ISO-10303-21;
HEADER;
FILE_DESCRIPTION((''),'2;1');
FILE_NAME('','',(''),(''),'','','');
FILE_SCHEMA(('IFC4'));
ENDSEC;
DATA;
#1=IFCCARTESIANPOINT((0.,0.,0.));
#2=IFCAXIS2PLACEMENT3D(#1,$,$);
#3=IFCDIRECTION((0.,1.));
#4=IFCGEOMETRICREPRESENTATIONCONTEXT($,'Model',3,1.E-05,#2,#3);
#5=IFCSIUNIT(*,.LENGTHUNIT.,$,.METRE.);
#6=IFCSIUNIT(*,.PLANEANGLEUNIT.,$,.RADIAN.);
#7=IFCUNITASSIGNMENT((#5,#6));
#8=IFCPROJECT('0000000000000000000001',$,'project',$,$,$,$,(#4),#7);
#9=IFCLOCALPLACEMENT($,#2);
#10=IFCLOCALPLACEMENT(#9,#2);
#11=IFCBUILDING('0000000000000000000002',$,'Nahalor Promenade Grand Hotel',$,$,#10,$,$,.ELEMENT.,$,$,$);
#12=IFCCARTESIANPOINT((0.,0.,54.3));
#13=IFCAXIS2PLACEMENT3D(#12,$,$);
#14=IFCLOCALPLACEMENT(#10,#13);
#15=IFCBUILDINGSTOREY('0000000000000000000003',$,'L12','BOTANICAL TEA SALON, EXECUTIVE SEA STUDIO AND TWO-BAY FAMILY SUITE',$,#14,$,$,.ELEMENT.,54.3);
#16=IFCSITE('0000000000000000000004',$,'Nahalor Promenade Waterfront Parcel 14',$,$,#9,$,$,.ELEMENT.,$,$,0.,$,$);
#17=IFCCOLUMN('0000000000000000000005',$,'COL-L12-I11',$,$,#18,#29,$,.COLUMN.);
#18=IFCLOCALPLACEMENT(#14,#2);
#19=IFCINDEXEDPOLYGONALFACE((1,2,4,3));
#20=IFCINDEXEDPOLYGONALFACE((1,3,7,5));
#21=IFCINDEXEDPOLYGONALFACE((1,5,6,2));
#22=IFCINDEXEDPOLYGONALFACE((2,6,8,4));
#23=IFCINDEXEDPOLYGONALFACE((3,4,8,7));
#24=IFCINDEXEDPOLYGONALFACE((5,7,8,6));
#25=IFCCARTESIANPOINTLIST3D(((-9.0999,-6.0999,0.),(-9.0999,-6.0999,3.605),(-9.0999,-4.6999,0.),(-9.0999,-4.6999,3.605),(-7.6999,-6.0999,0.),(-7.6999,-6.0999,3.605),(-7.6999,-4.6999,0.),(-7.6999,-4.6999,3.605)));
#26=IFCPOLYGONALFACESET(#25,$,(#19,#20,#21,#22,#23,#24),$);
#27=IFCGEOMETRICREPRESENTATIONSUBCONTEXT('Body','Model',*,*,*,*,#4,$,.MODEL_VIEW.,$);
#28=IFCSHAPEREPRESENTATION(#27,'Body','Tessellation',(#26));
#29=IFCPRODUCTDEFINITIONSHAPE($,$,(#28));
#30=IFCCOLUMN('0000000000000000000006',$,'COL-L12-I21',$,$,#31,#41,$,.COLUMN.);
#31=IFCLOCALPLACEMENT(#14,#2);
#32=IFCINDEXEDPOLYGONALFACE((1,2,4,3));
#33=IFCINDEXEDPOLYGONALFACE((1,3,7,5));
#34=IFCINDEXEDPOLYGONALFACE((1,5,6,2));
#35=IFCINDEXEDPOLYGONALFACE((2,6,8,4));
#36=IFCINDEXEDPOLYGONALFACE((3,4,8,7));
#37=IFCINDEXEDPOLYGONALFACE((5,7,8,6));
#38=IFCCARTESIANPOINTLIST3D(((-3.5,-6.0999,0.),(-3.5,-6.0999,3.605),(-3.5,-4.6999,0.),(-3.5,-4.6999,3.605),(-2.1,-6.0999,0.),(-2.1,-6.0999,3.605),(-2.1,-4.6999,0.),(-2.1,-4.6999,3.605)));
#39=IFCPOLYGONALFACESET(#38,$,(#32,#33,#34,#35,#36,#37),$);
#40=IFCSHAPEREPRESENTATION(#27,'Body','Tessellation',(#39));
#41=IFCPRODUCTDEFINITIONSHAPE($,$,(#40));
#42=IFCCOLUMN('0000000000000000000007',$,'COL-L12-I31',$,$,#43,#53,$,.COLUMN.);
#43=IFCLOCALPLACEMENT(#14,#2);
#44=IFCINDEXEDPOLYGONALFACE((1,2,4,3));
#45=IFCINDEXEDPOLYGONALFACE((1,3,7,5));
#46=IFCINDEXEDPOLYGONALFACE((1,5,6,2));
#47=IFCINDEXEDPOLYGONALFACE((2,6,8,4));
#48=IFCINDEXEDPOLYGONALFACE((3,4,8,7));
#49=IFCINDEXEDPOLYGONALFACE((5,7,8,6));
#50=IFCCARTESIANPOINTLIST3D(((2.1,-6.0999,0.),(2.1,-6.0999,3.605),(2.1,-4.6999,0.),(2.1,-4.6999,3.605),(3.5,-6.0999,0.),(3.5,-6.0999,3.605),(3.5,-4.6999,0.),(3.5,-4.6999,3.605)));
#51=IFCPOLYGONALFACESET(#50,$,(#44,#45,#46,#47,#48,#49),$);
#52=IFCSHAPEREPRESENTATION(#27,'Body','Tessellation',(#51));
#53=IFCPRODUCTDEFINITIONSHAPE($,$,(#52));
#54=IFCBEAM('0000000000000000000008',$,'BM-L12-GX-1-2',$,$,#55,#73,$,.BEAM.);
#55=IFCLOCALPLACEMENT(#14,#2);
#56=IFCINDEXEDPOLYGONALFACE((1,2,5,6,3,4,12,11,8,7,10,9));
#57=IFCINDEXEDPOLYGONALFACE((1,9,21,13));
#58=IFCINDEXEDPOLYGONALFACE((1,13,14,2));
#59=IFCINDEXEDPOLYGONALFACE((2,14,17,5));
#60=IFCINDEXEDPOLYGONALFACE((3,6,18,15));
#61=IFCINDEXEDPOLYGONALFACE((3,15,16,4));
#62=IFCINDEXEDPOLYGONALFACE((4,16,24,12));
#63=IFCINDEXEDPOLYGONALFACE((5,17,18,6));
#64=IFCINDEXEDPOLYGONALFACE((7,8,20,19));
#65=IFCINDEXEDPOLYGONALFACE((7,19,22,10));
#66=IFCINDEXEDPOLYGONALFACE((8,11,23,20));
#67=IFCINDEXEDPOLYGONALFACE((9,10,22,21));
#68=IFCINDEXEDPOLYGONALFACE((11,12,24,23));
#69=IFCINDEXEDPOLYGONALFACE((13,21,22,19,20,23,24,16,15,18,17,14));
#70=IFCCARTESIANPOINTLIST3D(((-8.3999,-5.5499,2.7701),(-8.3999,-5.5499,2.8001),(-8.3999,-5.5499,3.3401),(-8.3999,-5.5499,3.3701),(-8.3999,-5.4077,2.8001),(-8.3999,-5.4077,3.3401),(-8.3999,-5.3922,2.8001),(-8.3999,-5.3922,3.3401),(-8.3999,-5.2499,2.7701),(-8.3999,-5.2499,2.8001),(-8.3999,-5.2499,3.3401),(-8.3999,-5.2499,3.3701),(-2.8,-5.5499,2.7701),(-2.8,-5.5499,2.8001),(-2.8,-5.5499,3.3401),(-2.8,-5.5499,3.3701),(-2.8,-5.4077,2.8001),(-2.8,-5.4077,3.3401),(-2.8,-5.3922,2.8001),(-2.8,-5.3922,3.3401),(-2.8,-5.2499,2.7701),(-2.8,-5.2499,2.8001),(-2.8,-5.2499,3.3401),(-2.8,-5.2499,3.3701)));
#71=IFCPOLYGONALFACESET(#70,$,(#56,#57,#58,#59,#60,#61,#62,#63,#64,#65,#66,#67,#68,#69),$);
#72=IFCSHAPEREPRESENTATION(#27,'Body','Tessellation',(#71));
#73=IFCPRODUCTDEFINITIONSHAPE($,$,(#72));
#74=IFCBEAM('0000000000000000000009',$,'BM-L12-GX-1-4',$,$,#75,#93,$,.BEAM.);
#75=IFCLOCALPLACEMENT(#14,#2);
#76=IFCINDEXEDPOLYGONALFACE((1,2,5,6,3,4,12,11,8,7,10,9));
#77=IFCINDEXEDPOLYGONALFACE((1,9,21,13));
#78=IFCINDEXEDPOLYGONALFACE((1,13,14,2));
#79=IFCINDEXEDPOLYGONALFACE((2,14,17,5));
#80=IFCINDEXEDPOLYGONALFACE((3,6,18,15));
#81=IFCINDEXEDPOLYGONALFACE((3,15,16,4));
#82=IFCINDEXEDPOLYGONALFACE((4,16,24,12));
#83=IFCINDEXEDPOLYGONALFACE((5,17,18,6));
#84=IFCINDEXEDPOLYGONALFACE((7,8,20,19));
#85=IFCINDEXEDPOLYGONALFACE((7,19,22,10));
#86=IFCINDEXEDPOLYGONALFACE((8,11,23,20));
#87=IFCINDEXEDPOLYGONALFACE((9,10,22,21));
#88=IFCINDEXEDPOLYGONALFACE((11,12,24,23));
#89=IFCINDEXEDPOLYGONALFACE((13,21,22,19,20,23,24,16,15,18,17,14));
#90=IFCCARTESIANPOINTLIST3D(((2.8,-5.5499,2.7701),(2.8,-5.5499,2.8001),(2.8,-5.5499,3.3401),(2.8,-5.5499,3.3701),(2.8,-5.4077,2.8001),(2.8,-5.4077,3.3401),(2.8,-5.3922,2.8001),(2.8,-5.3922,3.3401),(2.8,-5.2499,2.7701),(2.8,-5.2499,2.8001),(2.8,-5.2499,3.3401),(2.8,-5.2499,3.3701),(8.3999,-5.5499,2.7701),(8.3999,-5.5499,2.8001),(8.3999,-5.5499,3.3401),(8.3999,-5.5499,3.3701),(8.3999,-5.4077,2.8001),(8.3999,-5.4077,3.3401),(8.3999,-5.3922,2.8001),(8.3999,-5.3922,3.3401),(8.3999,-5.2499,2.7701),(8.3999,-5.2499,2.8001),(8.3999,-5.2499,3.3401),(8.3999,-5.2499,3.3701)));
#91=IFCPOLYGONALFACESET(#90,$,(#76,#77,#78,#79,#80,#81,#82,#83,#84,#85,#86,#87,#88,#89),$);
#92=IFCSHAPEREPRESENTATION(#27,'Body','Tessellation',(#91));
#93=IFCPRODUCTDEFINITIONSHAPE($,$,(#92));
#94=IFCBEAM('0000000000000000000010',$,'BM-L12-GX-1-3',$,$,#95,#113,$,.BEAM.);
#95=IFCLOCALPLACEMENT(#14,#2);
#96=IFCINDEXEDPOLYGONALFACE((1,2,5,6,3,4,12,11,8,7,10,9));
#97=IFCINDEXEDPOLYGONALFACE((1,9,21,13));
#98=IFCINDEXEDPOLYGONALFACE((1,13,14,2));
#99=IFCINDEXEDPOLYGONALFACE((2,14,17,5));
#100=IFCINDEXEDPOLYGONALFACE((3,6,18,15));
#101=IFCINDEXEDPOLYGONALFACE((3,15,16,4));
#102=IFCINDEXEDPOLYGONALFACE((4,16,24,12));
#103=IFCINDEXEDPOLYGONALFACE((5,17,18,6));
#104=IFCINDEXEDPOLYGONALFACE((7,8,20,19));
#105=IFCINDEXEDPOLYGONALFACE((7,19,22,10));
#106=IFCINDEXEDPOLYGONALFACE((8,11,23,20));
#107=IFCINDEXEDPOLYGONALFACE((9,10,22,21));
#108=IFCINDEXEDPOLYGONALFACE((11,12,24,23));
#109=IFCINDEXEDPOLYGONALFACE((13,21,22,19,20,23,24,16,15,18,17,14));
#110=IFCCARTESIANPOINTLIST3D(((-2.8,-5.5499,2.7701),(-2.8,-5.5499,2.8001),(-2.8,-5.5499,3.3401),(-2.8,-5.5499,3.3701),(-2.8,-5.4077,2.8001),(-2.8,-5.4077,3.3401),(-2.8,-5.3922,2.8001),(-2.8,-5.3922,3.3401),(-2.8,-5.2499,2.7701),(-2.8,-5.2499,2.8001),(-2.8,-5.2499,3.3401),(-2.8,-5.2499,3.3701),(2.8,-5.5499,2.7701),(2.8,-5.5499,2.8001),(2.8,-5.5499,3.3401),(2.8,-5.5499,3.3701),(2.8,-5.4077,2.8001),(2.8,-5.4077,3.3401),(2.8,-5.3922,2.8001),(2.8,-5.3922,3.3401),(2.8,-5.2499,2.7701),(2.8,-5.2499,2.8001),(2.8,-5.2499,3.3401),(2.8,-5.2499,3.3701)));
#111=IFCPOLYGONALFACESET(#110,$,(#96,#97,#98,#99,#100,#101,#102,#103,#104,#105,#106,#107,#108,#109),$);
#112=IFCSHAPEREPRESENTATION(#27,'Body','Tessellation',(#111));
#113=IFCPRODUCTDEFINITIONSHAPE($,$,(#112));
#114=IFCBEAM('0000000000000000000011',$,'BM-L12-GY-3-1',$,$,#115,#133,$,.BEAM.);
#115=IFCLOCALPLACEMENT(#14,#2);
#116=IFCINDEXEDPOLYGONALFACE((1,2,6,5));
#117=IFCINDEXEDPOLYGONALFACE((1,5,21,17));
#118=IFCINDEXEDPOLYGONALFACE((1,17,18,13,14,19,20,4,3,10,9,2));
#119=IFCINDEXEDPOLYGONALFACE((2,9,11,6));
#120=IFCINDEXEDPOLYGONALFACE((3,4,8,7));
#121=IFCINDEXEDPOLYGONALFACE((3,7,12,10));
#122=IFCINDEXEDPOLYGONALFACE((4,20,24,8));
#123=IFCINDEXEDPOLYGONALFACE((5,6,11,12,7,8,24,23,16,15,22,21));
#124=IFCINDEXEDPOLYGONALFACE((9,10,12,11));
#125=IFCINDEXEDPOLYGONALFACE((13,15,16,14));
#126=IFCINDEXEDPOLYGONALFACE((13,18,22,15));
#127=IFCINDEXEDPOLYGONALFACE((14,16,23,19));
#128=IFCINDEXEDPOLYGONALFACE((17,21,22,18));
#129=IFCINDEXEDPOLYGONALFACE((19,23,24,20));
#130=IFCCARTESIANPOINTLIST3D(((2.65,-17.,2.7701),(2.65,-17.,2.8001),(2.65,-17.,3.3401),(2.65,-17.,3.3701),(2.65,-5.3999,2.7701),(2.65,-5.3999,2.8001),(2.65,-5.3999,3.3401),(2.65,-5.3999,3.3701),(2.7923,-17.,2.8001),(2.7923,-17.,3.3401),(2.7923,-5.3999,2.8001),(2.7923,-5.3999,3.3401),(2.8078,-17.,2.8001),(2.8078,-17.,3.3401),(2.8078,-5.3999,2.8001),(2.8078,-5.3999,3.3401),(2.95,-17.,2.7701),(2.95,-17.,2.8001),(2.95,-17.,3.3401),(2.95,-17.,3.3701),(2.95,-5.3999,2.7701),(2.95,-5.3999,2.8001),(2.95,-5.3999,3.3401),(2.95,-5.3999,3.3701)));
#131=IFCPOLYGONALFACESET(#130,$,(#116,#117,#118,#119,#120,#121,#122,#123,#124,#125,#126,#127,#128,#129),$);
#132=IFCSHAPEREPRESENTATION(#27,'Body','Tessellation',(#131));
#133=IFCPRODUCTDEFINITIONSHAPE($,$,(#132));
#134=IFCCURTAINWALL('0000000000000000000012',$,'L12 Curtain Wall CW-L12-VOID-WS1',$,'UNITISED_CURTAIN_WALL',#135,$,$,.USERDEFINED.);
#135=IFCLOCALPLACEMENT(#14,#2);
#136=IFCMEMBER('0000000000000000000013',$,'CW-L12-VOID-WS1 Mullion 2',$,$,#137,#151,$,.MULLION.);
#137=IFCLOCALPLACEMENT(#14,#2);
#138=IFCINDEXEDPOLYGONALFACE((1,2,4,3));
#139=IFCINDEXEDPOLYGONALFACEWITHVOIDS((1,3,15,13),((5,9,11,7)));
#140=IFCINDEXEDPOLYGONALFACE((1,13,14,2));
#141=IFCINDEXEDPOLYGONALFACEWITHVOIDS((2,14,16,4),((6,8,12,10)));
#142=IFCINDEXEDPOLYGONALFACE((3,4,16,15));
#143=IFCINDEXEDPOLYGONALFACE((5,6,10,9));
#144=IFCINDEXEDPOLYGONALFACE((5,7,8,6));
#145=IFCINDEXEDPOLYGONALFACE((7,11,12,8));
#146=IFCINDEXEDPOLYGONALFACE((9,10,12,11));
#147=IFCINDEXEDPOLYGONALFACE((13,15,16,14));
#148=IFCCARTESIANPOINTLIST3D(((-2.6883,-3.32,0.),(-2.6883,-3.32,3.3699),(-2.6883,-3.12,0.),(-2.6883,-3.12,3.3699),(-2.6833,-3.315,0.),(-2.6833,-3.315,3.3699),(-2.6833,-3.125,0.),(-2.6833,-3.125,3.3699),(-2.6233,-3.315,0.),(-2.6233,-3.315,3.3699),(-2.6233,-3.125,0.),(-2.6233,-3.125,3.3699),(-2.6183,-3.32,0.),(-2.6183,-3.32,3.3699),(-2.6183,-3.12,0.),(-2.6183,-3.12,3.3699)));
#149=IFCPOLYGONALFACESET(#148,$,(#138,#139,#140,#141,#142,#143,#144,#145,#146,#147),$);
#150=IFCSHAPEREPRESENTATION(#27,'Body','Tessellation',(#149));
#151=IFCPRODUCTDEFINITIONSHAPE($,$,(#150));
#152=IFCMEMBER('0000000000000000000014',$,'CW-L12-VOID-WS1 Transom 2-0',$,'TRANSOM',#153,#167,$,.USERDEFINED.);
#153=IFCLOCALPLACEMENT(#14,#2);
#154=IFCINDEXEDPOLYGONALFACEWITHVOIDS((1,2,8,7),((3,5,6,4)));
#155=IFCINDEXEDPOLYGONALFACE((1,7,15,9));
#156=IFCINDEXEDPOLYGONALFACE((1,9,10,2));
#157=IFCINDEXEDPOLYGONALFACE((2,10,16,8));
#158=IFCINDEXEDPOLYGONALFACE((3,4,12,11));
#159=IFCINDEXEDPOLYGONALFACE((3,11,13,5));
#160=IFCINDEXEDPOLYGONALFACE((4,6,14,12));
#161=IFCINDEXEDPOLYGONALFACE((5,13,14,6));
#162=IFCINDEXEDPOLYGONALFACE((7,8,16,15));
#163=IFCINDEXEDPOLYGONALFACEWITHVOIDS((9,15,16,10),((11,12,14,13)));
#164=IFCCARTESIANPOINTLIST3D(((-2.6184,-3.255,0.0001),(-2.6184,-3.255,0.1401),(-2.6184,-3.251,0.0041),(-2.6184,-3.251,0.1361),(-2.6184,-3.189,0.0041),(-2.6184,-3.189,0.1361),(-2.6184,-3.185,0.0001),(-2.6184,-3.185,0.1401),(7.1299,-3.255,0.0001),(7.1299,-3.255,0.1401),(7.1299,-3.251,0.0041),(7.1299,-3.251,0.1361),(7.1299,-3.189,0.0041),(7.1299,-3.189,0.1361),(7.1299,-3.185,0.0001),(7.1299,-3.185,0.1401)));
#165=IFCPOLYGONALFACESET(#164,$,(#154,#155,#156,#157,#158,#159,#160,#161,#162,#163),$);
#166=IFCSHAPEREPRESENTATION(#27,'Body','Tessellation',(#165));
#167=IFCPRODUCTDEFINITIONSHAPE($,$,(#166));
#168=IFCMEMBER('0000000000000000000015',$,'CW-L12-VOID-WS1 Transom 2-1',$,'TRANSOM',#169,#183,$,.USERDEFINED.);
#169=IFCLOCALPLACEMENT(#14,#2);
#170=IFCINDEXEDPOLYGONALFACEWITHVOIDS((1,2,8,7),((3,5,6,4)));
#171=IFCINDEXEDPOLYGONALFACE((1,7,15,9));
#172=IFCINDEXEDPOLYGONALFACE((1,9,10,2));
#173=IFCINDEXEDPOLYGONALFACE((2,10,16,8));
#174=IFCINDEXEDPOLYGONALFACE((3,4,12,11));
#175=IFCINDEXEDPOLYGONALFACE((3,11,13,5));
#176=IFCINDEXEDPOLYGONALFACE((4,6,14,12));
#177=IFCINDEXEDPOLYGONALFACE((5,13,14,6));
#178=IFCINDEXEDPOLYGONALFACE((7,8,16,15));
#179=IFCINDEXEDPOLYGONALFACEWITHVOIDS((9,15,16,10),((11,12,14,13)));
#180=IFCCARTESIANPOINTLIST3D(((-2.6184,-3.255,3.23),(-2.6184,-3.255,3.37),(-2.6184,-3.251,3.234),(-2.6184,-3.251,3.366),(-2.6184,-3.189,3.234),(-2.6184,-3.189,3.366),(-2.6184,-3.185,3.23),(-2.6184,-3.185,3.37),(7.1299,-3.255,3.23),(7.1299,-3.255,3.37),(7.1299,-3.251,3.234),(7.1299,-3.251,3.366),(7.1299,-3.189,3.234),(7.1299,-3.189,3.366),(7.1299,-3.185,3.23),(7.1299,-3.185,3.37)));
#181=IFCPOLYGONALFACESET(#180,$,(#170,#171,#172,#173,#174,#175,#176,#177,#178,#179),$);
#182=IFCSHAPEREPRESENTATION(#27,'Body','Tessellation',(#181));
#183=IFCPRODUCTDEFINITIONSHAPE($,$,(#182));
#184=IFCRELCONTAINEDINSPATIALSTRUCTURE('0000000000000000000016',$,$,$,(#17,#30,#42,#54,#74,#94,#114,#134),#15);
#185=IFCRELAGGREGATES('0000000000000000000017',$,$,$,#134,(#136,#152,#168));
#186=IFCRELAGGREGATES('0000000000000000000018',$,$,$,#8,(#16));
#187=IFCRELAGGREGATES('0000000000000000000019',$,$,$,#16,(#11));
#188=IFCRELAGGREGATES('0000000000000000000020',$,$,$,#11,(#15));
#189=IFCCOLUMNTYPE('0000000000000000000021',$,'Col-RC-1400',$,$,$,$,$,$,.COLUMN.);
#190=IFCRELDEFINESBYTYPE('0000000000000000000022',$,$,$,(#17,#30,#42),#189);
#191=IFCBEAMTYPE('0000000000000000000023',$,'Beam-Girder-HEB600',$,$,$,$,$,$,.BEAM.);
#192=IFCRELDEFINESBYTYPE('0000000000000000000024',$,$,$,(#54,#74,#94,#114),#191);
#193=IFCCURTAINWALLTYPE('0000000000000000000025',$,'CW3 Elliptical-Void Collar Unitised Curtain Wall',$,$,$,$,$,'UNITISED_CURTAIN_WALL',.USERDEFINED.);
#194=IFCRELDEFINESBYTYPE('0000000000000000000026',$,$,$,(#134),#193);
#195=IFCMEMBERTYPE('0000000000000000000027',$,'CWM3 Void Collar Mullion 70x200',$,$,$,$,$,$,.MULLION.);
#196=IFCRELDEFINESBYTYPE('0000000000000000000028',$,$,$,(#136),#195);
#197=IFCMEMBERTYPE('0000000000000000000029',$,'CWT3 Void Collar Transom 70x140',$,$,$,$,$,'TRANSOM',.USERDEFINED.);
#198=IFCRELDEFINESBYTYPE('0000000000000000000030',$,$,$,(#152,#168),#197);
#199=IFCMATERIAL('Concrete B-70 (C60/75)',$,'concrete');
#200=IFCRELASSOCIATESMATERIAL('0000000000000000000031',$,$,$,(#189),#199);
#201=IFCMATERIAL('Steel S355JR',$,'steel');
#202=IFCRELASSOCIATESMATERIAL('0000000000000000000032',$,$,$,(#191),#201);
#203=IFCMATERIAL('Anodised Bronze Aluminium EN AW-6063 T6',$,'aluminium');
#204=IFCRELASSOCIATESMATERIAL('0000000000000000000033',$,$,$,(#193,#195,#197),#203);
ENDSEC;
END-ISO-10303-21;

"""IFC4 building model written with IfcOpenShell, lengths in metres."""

from ifc_helpers import new_model, si_unit, direction, frame, origin, origin_2d, place, context, subcontext, project, spatial, rectangle, hollow_rectangle, i_section, extrude, source, transform, mapped, material, material_profile, profile_set, type_object, element, aggregate, save


model = new_model("IFC4")

# Units and contexts
model_context = context("Model", 3, precision=1e-05, world=origin(), true_north=direction((0.0, 1.0)))
body_context = subcontext(model_context, "Body", "Model", "MODEL_VIEW")
ifc_project = project(units=[si_unit("LENGTHUNIT", "METRE"), si_unit("PLANEANGLEUNIT", "RADIAN")], contexts=[model_context])

# Site, building, storey
site_placement = place(None, origin())
site = spatial("IfcSite", under=ifc_project, at=site_placement, Name="Nahalor Promenade Waterfront Parcel 14", CompositionType="ELEMENT", RefElevation=0.0)
building_placement = place(site_placement, origin())
building = spatial("IfcBuilding", under=site, at=building_placement, Name="Nahalor Promenade Grand Hotel", CompositionType="ELEMENT")
storey_placement = place(building_placement, frame((0.0, 0.0, 54.3)))
storey = spatial("IfcBuildingStorey", under=building, at=storey_placement, Name="L12", Description="BOTANICAL TEA SALON, EXECUTIVE SEA STUDIO AND TWO-BAY FAMILY SUITE", CompositionType="ELEMENT", Elevation=54.3)

# Columns
ifc_material_1 = material(Name="Concrete B-70 (C60/75)", Category="concrete")
ifc_material_profile_1 = material_profile(ifc_material_1, rectangle(XDim=1.4, YDim=1.4, at=origin_2d()), Name="RC 1400x1400")
ifc_profile_set_1 = profile_set([ifc_material_profile_1], Name="Concrete B-70 (C60/75)")
column_type = type_object("IfcColumnType", Name="Col-RC-1400", PredefinedType="COLUMN", material=ifc_profile_set_1)
shared_shape_1 = source(origin(), body_context, "Body", "SweptSolid", [
    extrude(rectangle(XDim=1.4, YDim=1.4, at=origin_2d()), origin(), (0.0, 0.0, 1.0), 3.605),
])
for number, where, z_axis, x_axis, name in (
    (1, (-8.3999, -5.3999, 0.0), (0.0, 0.0, 1.0), (1.0, 0.0, 0.0), "COL-L12-I11"),
    (2, (-2.8, -5.3999, 0.0), (0.0, 0.0, 1.0), (1.0, 0.0, 0.0), "COL-L12-I21"),
    (3, (2.8, -5.3999, 0.0), (0.0, 0.0, 1.0), (1.0, 0.0, 0.0), "COL-L12-I31"),
):
    element("IfcColumn", number, at=place(storey_placement, frame(where, z_axis=z_axis, x_axis=x_axis)), inside=storey, type_object=column_type, Name=name, PredefinedType="COLUMN", context=body_context, shape_type="MappedRepresentation", body=[
        mapped(shared_shape_1, transform((0.0, 0.0, 0.0), scale=1.0)),
    ])

# Beams
ifc_material_2 = material(Name="Steel S355JR", Category="steel")
ifc_material_profile_2 = material_profile(ifc_material_2, i_section(OverallWidth=0.3, OverallDepth=0.6, WebThickness=0.0155, FlangeThickness=0.03, at=origin_2d()), Name="HEB 600")
ifc_profile_set_2 = profile_set([ifc_material_profile_2], Name="Steel S355JR")
beam_type = type_object("IfcBeamType", Name="Beam-Girder-HEB600", PredefinedType="BEAM", material=ifc_profile_set_2)
shared_shape_2 = source(origin(), body_context, "Body", "SweptSolid", [
    extrude(i_section(OverallWidth=0.3, OverallDepth=0.6, WebThickness=0.0155, FlangeThickness=0.03, at=origin_2d()), origin(), (0.0, 0.0, 1.0), 5.5999),
])
for number, where, z_axis, x_axis, name in (
    (4, (-8.3999, -5.3999, 3.0701), (1.0, 0.0, 0.0), (0.0, 1.0, 0.0), "BM-L12-GX-1-2"),
    (5, (2.8, -5.3999, 3.0701), (1.0, 0.0, 0.0), (0.0, 1.0, 0.0), "BM-L12-GX-1-4"),
):
    element("IfcBeam", number, at=place(storey_placement, frame(where, z_axis=z_axis, x_axis=x_axis)), inside=storey, type_object=beam_type, Name=name, PredefinedType="BEAM", context=body_context, shape_type="MappedRepresentation", body=[
        mapped(shared_shape_2, transform((0.0, 0.0, 0.0), scale=1.0)),
    ])
shared_shape_3 = source(origin(), body_context, "Body", "SweptSolid", [
    extrude(i_section(OverallWidth=0.3, OverallDepth=0.6, WebThickness=0.0155, FlangeThickness=0.03, at=origin_2d()), origin(), (0.0, 0.0, 1.0), 5.6001),
])
beam_1_placement = place(storey_placement, frame((-2.8, -5.3999, 3.0701), z_axis=(1.0, 0.0, 0.0), x_axis=(0.0, 1.0, 0.0)))
element("IfcBeam", 6, at=beam_1_placement, inside=storey, type_object=beam_type, Name="BM-L12-GX-1-3", PredefinedType="BEAM", context=body_context, shape_type="MappedRepresentation", body=[
    mapped(shared_shape_3, transform((0.0, 0.0, 0.0), scale=1.0)),
])
shared_shape_4 = source(origin(), body_context, "Body", "SweptSolid", [
    extrude(i_section(OverallWidth=0.3, OverallDepth=0.6, WebThickness=0.0155, FlangeThickness=0.03, at=origin_2d()), origin(), (0.0, 0.0, 1.0), 11.6001),
])
beam_2_placement = place(storey_placement, frame((2.8, -17.0, 3.0701), z_axis=(0.0, 1.0, 0.0), x_axis=(-1.0, 0.0, 0.0)))
element("IfcBeam", 7, at=beam_2_placement, inside=storey, type_object=beam_type, Name="BM-L12-GY-3-1", PredefinedType="BEAM", context=body_context, shape_type="MappedRepresentation", body=[
    mapped(shared_shape_4, transform((0.0, 0.0, 0.0), scale=1.0)),
])

# Curtain wall, members
ifc_material_3 = material(Name="Anodised Bronze Aluminium EN AW-6063 T6", Category="aluminium")
curtain_wall_type = type_object("IfcCurtainWallType", Name="CW3 Elliptical-Void Collar Unitised Curtain Wall", ElementType="UNITISED_CURTAIN_WALL", PredefinedType="USERDEFINED", material=ifc_material_3)
curtain_wall_placement = place(storey_placement, origin())
curtain_wall = element("IfcCurtainWall", 8, at=curtain_wall_placement, inside=storey, type_object=curtain_wall_type, Name="L12 Curtain Wall CW-L12-VOID-WS1", ObjectType="UNITISED_CURTAIN_WALL", PredefinedType="USERDEFINED")
ifc_material_profile_3 = material_profile(ifc_material_3, hollow_rectangle(XDim=0.07, YDim=0.2, WallThickness=0.005, at=origin_2d()), Name="CWM 70x200x5")
ifc_profile_set_3 = profile_set([ifc_material_profile_3], Name="Anodised Bronze Aluminium EN AW-6063 T6")
member_type_1 = type_object("IfcMemberType", Name="CWM3 Void Collar Mullion 70x200", PredefinedType="MULLION", material=ifc_profile_set_3)
shared_shape_5 = source(origin(), body_context, "Body", "SweptSolid", [
    extrude(hollow_rectangle(XDim=0.07, YDim=0.2, WallThickness=0.005, at=origin_2d()), origin(), (0.0, 0.0, 1.0), 3.3699),
])
member_1_placement = place(storey_placement, frame((-2.6533, -3.22, 0.0), z_axis=(0.0, 0.0, 1.0), x_axis=(1.0, 0.0, 0.0)))
member_1 = element("IfcMember", 9, at=member_1_placement, type_object=member_type_1, Name="CW-L12-VOID-WS1 Mullion 2", PredefinedType="MULLION", context=body_context, shape_type="MappedRepresentation", body=[
    mapped(shared_shape_5, transform((0.0, 0.0, 0.0), scale=1.0)),
])
ifc_material_profile_4 = material_profile(ifc_material_3, hollow_rectangle(XDim=0.07, YDim=0.14, WallThickness=0.004, at=origin_2d()), Name="CWT 70x140x4")
ifc_profile_set_4 = profile_set([ifc_material_profile_4], Name="Anodised Bronze Aluminium EN AW-6063 T6")
member_type_2 = type_object("IfcMemberType", Name="CWT3 Void Collar Transom 70x140", ElementType="TRANSOM", PredefinedType="USERDEFINED", material=ifc_profile_set_4)
shared_shape_6 = source(origin(), body_context, "Body", "SweptSolid", [
    extrude(hollow_rectangle(XDim=0.07, YDim=0.14, WallThickness=0.004, at=origin_2d()), origin(), (0.0, 0.0, 1.0), 9.7483),
])
member_2_placement = place(storey_placement, frame((-2.6184, -3.22, 0.0701), z_axis=(1.0, 0.0, 0.0), x_axis=(0.0, 1.0, 0.0)))
member_2 = element("IfcMember", 10, at=member_2_placement, type_object=member_type_2, Name="CW-L12-VOID-WS1 Transom 2-0", ObjectType="TRANSOM", PredefinedType="USERDEFINED", context=body_context, shape_type="MappedRepresentation", body=[
    mapped(shared_shape_6, transform((0.0, 0.0, 0.0), scale=1.0)),
])
member_3_placement = place(storey_placement, frame((-2.6184, -3.22, 3.3), z_axis=(1.0, 0.0, 0.0), x_axis=(0.0, 1.0, 0.0)))
member_3 = element("IfcMember", 11, at=member_3_placement, type_object=member_type_2, Name="CW-L12-VOID-WS1 Transom 2-1", ObjectType="TRANSOM", PredefinedType="USERDEFINED", context=body_context, shape_type="MappedRepresentation", body=[
    mapped(shared_shape_6, transform((0.0, 0.0, 0.0), scale=1.0)),
])
aggregate(curtain_wall, [member_1, member_2, member_3])

save(model, "model.ifc")
